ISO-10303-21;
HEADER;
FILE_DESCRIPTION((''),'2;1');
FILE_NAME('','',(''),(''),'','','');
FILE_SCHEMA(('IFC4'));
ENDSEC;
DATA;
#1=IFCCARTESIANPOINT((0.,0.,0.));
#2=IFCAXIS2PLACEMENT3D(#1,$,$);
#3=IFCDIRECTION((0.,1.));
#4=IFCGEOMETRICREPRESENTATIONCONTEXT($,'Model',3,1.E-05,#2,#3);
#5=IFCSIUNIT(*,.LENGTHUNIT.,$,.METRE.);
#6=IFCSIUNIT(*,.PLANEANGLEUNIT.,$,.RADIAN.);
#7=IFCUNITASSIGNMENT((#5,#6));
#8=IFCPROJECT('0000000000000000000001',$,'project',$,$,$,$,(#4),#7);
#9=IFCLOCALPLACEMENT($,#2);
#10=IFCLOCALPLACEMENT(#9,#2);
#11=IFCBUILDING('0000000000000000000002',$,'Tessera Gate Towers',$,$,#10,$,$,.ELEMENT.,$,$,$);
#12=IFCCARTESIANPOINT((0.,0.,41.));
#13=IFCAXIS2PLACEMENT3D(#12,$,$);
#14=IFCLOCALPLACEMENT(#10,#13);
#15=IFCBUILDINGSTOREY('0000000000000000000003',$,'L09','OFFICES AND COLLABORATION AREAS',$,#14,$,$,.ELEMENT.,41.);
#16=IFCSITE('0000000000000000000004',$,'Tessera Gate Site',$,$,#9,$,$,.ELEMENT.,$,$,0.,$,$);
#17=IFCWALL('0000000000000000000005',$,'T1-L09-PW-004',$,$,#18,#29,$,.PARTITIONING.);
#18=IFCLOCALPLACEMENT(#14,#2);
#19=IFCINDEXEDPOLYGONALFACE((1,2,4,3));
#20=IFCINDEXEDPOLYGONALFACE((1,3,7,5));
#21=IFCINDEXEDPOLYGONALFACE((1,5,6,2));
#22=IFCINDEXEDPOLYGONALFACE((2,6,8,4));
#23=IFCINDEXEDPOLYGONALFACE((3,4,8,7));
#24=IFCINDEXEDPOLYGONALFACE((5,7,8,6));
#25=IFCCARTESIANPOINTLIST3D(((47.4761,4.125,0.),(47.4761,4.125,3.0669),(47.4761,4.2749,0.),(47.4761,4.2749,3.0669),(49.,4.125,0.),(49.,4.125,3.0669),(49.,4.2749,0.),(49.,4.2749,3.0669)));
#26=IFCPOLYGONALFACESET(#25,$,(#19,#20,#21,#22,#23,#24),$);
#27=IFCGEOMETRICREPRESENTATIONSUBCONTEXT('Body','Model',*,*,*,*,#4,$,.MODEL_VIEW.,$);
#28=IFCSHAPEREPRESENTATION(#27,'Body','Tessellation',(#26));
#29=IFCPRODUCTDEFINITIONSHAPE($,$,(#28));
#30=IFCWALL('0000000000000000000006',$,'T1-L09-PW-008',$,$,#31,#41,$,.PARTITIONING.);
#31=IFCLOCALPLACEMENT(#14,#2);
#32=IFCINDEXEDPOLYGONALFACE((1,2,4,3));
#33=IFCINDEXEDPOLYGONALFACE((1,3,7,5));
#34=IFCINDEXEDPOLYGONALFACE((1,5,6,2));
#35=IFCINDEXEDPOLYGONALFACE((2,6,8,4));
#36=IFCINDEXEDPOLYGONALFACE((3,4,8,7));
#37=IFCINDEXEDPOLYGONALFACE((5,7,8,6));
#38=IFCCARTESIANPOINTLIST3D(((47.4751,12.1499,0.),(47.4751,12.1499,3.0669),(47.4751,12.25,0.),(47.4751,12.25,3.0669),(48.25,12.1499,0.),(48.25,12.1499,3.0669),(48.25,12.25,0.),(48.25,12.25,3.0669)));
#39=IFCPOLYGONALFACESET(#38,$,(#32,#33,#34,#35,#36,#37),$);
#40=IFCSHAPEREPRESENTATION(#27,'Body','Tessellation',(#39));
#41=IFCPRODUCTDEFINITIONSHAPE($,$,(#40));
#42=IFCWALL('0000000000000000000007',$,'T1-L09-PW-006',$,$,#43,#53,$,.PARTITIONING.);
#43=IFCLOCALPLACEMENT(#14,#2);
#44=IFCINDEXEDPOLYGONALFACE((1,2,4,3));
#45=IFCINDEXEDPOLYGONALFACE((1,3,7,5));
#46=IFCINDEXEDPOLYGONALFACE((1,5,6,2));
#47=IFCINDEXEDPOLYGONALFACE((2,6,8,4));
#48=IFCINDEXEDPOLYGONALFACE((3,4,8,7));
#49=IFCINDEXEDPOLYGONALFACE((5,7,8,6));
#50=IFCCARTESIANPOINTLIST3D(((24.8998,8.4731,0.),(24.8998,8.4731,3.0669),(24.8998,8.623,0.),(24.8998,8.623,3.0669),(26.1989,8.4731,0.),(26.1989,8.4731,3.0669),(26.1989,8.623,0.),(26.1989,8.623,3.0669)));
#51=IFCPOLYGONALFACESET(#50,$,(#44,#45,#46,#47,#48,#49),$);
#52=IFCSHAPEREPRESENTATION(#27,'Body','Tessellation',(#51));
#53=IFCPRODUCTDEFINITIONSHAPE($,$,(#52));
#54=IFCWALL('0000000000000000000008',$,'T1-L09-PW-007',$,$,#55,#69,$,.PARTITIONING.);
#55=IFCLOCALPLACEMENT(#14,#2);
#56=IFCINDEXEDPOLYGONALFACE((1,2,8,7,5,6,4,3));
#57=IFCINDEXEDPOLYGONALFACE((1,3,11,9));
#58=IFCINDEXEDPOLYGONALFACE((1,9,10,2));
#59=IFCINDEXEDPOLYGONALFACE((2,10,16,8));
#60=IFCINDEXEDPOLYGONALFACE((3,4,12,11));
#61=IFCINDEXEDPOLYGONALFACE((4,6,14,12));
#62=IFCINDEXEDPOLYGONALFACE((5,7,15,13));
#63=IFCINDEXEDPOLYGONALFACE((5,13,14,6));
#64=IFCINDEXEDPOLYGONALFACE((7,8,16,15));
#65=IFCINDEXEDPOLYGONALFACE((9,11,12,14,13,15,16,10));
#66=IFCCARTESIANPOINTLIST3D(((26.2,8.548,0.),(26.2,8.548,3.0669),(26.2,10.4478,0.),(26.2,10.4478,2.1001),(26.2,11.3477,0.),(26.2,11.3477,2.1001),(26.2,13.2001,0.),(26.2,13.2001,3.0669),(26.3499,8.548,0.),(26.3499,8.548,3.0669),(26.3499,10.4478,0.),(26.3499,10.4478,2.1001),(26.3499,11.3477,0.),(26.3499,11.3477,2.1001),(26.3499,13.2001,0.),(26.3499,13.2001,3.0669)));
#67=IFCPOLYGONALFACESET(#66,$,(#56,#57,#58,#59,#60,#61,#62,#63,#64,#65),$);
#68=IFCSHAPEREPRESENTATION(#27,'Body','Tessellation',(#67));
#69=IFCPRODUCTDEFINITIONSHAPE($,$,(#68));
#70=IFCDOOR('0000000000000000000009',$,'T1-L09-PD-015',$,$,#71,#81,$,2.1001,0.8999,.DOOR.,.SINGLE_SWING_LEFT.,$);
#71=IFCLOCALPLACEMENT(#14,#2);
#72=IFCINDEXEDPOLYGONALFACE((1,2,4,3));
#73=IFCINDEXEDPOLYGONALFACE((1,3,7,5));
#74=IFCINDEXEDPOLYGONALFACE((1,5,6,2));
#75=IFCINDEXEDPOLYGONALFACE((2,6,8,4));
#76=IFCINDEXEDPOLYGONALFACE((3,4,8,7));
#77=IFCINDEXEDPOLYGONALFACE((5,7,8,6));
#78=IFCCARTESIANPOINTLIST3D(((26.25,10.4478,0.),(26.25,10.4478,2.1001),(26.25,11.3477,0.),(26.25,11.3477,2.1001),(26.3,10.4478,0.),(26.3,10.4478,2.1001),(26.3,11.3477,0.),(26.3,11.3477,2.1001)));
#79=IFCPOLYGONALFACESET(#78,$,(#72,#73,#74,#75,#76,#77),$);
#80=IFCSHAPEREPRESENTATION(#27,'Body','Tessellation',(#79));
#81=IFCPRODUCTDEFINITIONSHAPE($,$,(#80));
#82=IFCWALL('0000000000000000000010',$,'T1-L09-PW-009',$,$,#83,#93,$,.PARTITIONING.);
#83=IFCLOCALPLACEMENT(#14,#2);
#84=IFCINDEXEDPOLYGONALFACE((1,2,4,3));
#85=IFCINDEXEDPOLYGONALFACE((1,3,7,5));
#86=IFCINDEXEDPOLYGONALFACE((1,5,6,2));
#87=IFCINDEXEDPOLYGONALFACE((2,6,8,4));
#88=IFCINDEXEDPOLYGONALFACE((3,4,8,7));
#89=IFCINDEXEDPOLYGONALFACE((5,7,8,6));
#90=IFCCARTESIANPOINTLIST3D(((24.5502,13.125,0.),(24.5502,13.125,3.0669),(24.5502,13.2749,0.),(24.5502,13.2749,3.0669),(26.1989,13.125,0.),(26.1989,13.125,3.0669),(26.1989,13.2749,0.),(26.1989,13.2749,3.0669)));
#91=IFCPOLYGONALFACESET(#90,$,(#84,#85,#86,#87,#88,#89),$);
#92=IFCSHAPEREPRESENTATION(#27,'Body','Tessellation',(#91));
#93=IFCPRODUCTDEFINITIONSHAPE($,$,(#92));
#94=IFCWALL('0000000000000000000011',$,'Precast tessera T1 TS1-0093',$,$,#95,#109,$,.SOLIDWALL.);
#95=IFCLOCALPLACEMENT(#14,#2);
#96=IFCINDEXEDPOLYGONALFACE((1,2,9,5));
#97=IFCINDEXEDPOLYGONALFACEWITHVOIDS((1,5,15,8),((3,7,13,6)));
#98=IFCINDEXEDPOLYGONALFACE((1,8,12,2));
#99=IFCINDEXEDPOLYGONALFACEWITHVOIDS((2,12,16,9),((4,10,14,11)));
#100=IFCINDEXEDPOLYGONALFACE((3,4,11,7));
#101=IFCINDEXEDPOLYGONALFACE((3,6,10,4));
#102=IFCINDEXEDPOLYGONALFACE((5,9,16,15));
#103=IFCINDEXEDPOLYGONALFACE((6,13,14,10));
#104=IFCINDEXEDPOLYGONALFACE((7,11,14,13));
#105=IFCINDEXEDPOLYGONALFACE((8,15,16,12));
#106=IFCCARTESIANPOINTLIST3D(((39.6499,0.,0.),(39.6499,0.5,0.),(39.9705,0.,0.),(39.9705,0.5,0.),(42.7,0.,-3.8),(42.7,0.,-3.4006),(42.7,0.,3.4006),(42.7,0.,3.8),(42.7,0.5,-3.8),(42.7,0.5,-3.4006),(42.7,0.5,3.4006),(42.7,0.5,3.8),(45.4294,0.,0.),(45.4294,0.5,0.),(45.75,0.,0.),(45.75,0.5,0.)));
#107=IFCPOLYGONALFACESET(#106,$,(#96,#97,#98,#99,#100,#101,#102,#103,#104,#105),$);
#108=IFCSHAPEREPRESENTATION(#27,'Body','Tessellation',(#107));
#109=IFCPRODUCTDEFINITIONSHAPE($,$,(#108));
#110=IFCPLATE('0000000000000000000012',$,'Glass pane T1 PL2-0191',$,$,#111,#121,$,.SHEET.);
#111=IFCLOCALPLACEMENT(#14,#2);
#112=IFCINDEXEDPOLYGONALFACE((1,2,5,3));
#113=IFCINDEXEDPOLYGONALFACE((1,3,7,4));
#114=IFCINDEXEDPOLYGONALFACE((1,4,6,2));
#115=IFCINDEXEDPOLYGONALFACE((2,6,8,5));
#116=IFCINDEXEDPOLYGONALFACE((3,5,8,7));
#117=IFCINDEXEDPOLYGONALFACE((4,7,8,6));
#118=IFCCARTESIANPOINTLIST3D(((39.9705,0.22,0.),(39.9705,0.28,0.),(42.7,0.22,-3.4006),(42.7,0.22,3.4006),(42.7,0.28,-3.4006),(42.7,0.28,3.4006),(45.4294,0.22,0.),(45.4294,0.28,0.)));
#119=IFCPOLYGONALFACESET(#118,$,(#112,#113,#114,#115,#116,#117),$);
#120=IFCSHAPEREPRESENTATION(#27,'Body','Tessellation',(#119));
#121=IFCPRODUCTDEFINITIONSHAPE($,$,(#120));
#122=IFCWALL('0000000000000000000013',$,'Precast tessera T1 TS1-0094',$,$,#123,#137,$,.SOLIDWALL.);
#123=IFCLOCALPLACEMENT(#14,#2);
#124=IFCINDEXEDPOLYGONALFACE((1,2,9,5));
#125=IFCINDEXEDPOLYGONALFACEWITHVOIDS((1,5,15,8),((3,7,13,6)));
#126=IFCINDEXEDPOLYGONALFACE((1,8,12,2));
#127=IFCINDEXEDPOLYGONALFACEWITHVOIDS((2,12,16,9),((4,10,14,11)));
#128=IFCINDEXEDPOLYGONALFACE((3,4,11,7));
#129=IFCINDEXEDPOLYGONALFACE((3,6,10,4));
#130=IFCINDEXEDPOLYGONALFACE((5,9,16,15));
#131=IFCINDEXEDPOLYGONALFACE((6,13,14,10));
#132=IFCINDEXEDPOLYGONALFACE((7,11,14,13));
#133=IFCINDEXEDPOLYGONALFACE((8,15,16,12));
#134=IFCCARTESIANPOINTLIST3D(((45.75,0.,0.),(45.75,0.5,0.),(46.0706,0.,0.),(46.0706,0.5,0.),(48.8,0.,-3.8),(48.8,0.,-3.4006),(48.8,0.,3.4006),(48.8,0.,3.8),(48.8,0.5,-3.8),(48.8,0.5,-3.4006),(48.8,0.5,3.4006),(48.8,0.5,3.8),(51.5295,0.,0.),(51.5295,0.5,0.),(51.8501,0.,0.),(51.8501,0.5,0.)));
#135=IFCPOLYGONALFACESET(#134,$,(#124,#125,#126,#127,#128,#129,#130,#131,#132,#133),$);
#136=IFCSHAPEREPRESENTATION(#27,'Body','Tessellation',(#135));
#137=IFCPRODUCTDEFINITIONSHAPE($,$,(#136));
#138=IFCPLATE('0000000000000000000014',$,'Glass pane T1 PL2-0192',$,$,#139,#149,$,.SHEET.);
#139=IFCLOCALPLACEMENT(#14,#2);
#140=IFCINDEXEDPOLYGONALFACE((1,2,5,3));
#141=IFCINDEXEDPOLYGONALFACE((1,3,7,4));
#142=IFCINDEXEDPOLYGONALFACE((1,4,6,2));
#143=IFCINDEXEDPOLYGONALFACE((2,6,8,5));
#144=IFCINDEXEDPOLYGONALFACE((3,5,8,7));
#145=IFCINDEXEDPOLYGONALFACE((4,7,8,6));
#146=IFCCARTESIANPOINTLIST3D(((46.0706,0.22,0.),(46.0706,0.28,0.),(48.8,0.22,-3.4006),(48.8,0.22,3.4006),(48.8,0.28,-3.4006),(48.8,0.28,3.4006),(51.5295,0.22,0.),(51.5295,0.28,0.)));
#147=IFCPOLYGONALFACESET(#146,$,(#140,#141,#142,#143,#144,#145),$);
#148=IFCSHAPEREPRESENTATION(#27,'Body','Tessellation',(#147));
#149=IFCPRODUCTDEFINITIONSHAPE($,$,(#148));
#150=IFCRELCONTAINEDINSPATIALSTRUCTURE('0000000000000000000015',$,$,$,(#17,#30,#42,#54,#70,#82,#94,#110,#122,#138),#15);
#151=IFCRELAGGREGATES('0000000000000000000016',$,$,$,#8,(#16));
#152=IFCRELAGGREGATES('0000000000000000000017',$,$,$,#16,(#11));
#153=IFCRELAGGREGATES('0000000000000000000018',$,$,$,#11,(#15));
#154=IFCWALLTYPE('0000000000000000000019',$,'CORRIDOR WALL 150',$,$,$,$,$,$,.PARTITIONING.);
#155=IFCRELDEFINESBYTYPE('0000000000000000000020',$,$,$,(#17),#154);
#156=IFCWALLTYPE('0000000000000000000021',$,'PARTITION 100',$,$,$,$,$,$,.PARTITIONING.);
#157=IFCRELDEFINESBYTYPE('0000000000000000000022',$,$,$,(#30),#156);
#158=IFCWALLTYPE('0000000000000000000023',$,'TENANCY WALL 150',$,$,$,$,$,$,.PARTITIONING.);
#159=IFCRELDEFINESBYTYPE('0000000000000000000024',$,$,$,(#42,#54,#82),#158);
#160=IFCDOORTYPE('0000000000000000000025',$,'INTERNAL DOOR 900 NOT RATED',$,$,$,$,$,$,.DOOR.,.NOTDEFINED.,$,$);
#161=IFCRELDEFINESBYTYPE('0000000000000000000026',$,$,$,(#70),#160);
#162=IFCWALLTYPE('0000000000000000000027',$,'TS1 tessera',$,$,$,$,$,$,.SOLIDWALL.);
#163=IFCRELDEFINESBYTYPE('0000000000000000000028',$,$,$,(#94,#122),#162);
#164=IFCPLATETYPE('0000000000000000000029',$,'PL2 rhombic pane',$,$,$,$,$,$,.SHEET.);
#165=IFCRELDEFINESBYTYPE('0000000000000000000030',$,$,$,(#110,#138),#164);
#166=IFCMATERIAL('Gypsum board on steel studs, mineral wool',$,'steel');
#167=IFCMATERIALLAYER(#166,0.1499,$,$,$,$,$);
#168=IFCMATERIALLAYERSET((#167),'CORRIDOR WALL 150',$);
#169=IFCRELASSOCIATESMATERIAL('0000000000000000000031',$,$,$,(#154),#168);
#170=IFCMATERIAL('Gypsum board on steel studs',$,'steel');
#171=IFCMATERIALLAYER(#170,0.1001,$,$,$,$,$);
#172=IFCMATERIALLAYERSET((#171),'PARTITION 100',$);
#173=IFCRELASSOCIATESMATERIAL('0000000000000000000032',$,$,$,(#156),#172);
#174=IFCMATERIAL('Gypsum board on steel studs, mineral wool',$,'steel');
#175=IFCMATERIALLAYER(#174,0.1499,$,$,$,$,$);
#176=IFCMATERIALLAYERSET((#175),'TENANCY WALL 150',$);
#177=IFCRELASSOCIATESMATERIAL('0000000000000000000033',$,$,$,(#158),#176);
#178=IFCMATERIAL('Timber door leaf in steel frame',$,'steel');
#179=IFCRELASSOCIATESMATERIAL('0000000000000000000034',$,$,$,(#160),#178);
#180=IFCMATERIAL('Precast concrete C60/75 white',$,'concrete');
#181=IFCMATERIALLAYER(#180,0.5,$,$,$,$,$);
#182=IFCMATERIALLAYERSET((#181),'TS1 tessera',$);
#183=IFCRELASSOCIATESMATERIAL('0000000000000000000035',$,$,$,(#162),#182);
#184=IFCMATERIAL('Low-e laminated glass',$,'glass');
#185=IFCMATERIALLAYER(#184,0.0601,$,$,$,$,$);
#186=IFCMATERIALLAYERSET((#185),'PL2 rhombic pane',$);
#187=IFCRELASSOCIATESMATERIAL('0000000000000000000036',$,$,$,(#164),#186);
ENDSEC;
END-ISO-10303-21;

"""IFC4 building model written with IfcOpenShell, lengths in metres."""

from ifc_helpers import new_model, si_unit, direction, frame, frame_2d, origin, place, context, subcontext, project, spatial, polyline, rectangle, outline, extrude, source, transform, mapped, material, layer, layer_set, type_object, element, fill, save


model = new_model("IFC4")

# Units and contexts
model_context = context("Model", 3, precision=1e-05, world=origin(), true_north=direction((0.0, 1.0)))
body_context = subcontext(model_context, "Body", "Model", "MODEL_VIEW")
ifc_project = project(units=[si_unit("LENGTHUNIT", "METRE"), si_unit("PLANEANGLEUNIT", "RADIAN")], contexts=[model_context])

# Site, building, storey
site_placement = place(None, origin())
site = spatial("IfcSite", under=ifc_project, at=site_placement, Name="Tessera Gate Site", CompositionType="ELEMENT", RefElevation=0.0)
building_placement = place(site_placement, origin())
building = spatial("IfcBuilding", under=site, at=building_placement, Name="Tessera Gate Towers", CompositionType="ELEMENT")
storey_placement = place(building_placement, frame((0.0, 0.0, 41.0)))
storey = spatial("IfcBuildingStorey", under=building, at=storey_placement, Name="L09", Description="OFFICES AND COLLABORATION AREAS", CompositionType="ELEMENT", Elevation=41.0)

# Shared definitions
ifc_material_1 = material(Name="Gypsum board on steel studs, mineral wool", Category="steel")
ifc_layer_1 = layer(ifc_material_1, 0.1499)
ifc_layer_set_1 = layer_set([ifc_layer_1], Name="CORRIDOR WALL 150")
wall_type_1 = type_object("IfcWallType", Name="CORRIDOR WALL 150", PredefinedType="PARTITIONING", material=ifc_layer_set_1)

# Walls
wall_1_placement = place(storey_placement, frame((47.4761, 4.2, 0.0), z_axis=(0.0, 0.0, 1.0), x_axis=(1.0, 0.0, 0.0)))
element("IfcWall", 1, at=wall_1_placement, inside=storey, type_object=wall_type_1, Name="T1-L09-PW-004", PredefinedType="PARTITIONING", context=body_context, shape_type="SweptSolid", body=[
    extrude(rectangle(XDim=1.5239, YDim=0.1499, at=frame_2d((0.762, 0.0))), origin(), (0.0, 0.0, 1.0), 3.0669),
])
ifc_material_2 = material(Name="Gypsum board on steel studs", Category="steel")
ifc_layer_2 = layer(ifc_material_2, 0.1001)
ifc_layer_set_2 = layer_set([ifc_layer_2], Name="PARTITION 100")
wall_type_2 = type_object("IfcWallType", Name="PARTITION 100", PredefinedType="PARTITIONING", material=ifc_layer_set_2)
wall_2_placement = place(storey_placement, frame((48.25, 12.2, 0.0), z_axis=(0.0, 0.0, 1.0), x_axis=(-1.0, 0.0, 0.0)))
element("IfcWall", 2, at=wall_2_placement, inside=storey, type_object=wall_type_2, Name="T1-L09-PW-008", PredefinedType="PARTITIONING", context=body_context, shape_type="SweptSolid", body=[
    extrude(rectangle(XDim=0.7749, YDim=0.1001, at=frame_2d((0.3875, 0.0))), origin(), (0.0, 0.0, 1.0), 3.0669),
])
ifc_material_3 = material(Name="Gypsum board on steel studs, mineral wool", Category="steel")
ifc_layer_3 = layer(ifc_material_3, 0.1499)
ifc_layer_set_3 = layer_set([ifc_layer_3], Name="TENANCY WALL 150")
wall_type_3 = type_object("IfcWallType", Name="TENANCY WALL 150", PredefinedType="PARTITIONING", material=ifc_layer_set_3)
wall_3_placement = place(storey_placement, frame((24.8999, 8.5481, 0.0), z_axis=(0.0, 0.0, 1.0), x_axis=(1.0, 0.0, 0.0)))
element("IfcWall", 3, at=wall_3_placement, inside=storey, type_object=wall_type_3, Name="T1-L09-PW-006", PredefinedType="PARTITIONING", context=body_context, shape_type="SweptSolid", body=[
    extrude(rectangle(XDim=1.2991, YDim=0.1499, at=frame_2d((0.6494, 0.0))), origin(), (0.0, 0.0, 1.0), 3.0669),
])

# Wall, opening, door
wall_4_placement = place(storey_placement, frame((26.2749, 8.5479, 0.0), z_axis=(0.0, 0.0, 1.0), x_axis=(0.0, 1.0, 0.0)))
wall_4 = element("IfcWall", 4, at=wall_4_placement, inside=storey, type_object=wall_type_3, Name="T1-L09-PW-007", PredefinedType="PARTITIONING", context=body_context, shape_type="SweptSolid", body=[
    extrude(rectangle(XDim=4.6521, YDim=0.1499, at=frame_2d((2.3262, 0.0))), origin(), (0.0, 0.0, 1.0), 3.0669),
])
shared_shape_1 = source(origin(), body_context, "Body", "SweptSolid", [
    extrude(rectangle(XDim=0.8999, YDim=2.1001, at=frame_2d((0.45, 1.05))), frame((0.0, 0.085, 0.0), z_axis=(0.0, -1.0, 0.0), x_axis=(1.0, 0.0, 0.0)), (0.0, 0.0, 1.0), 0.1699),
])
opening_1_placement = place(wall_4_placement, frame((1.8999, 0.0, 0.0)))
opening_1 = element("IfcOpeningElement", 5, at=opening_1_placement, cuts=wall_4, PredefinedType="OPENING", context=body_context, shape_type="MappedRepresentation", body=[
    mapped(shared_shape_1, transform((0.0, 0.0, 0.0), scale=1.0)),
])
ifc_material_4 = material(Name="Timber door leaf in steel frame", Category="steel")
door_type_1 = type_object("IfcDoorType", Name="INTERNAL DOOR 900 NOT RATED", OperationType="NOTDEFINED", PredefinedType="DOOR", material=ifc_material_4)
shared_shape_2 = source(origin(), body_context, "Body", "SweptSolid", [
    extrude(rectangle(XDim=0.8999, YDim=2.1001, at=frame_2d((0.45, 1.05))), frame((0.0, 0.0249, 0.0), z_axis=(0.0, -1.0, 0.0), x_axis=(1.0, 0.0, 0.0)), (0.0, 0.0, 1.0), 0.05),
])
door_1_placement = place(opening_1_placement, origin())
door_1 = element("IfcDoor", 6, at=door_1_placement, inside=storey, type_object=door_type_1, Name="T1-L09-PD-015", OperationType="SINGLE_SWING_LEFT", OverallHeight=2.1001, OverallWidth=0.8999, PredefinedType="DOOR", context=body_context, shape_type="MappedRepresentation", body=[
    mapped(shared_shape_2, transform((0.0, 0.0, 0.0), scale=1.0)),
])
fill(opening_1, door_1)

# Wall
wall_5_placement = place(storey_placement, frame((24.5503, 13.2, 0.0), z_axis=(0.0, 0.0, 1.0), x_axis=(1.0, 0.0, 0.0)))
element("IfcWall", 7, at=wall_5_placement, inside=storey, type_object=wall_type_3, Name="T1-L09-PW-009", PredefinedType="PARTITIONING", context=body_context, shape_type="SweptSolid", body=[
    extrude(rectangle(XDim=1.6487, YDim=0.1499, at=frame_2d((0.8242, 0.0))), origin(), (0.0, 0.0, 1.0), 3.0669),
])

# Walls, openings, plates
ifc_material_5 = material(Name="Precast concrete C60/75 white", Category="concrete")
ifc_layer_4 = layer(ifc_material_5, 0.5)
ifc_layer_set_4 = layer_set([ifc_layer_4], Name="TS1 tessera")
wall_type_4 = type_object("IfcWallType", Name="TS1 tessera", PredefinedType="SOLIDWALL", material=ifc_layer_set_4)
shared_shape_3 = source(origin(), body_context, "Body", "SweptSolid", [
    extrude(outline(polyline([(3.05, 0.0), (6.1001, 3.8), (3.05, 7.6001), (0.0, 3.8), (3.05, 0.0)])), frame((0.0, 0.25, 0.0), z_axis=(0.0, -1.0, 0.0), x_axis=(1.0, 0.0, 0.0)), (0.0, 0.0, 1.0), 0.5),
])
wall_6_placement = place(storey_placement, frame((39.6499, 0.25, -3.8), z_axis=(0.0, 0.0, 1.0), x_axis=(1.0, 0.0, 0.0)))
wall_6 = element("IfcWall", 8, at=wall_6_placement, inside=storey, type_object=wall_type_4, Name="Precast tessera T1 TS1-0093", PredefinedType="SOLIDWALL", context=body_context, shape_type="MappedRepresentation", body=[
    mapped(shared_shape_3, transform((0.0, 0.0, 0.0), scale=1.0)),
])
shared_shape_4 = source(origin(), body_context, "Body", "SweptSolid", [
    extrude(outline(polyline([(3.05, 0.3994), (5.7795, 3.8), (3.05, 7.2007), (0.3206, 3.8), (3.05, 0.3994)])), frame((0.0, 0.26, 0.0), z_axis=(0.0, -1.0, 0.0), x_axis=(1.0, 0.0, 0.0)), (0.0, 0.0, 1.0), 0.52),
])
opening_2_placement = place(wall_6_placement, origin())
opening_2 = element("IfcOpeningElement", 9, at=opening_2_placement, cuts=wall_6, PredefinedType="OPENING", context=body_context, shape_type="MappedRepresentation", body=[
    mapped(shared_shape_4, transform((0.0, 0.0, 0.0), scale=1.0)),
])
ifc_material_6 = material(Name="Low-e laminated glass", Category="glass")
ifc_layer_5 = layer(ifc_material_6, 0.0601)
ifc_layer_set_5 = layer_set([ifc_layer_5], Name="PL2 rhombic pane")
plate_type = type_object("IfcPlateType", Name="PL2 rhombic pane", PredefinedType="SHEET", material=ifc_layer_set_5)
shared_shape_5 = source(origin(), body_context, "Body", "SweptSolid", [
    extrude(outline(polyline([(3.05, 0.3994), (5.7795, 3.8), (3.05, 7.2007), (0.3206, 3.8), (3.05, 0.3994)])), frame((0.0, 0.03, 0.0), z_axis=(0.0, -1.0, 0.0), x_axis=(1.0, 0.0, 0.0)), (0.0, 0.0, 1.0), 0.0601),
])
plate_1_placement = place(opening_2_placement, origin())
plate_1 = element("IfcPlate", 10, at=plate_1_placement, inside=storey, type_object=plate_type, Name="Glass pane T1 PL2-0191", PredefinedType="SHEET", context=body_context, shape_type="MappedRepresentation", body=[
    mapped(shared_shape_5, transform((0.0, 0.0, 0.0), scale=1.0)),
])
fill(opening_2, plate_1)
wall_7_placement = place(storey_placement, frame((45.75, 0.25, -3.8), z_axis=(0.0, 0.0, 1.0), x_axis=(1.0, 0.0, 0.0)))
wall_7 = element("IfcWall", 11, at=wall_7_placement, inside=storey, type_object=wall_type_4, Name="Precast tessera T1 TS1-0094", PredefinedType="SOLIDWALL", context=body_context, shape_type="MappedRepresentation", body=[
    mapped(shared_shape_3, transform((0.0, 0.0, 0.0), scale=1.0)),
])
opening_3_placement = place(wall_7_placement, origin())
opening_3 = element("IfcOpeningElement", 12, at=opening_3_placement, cuts=wall_7, PredefinedType="OPENING", context=body_context, shape_type="MappedRepresentation", body=[
    mapped(shared_shape_4, transform((0.0, 0.0, 0.0), scale=1.0)),
])
plate_2_placement = place(opening_3_placement, origin())
plate_2 = element("IfcPlate", 13, at=plate_2_placement, inside=storey, type_object=plate_type, Name="Glass pane T1 PL2-0192", PredefinedType="SHEET", context=body_context, shape_type="MappedRepresentation", body=[
    mapped(shared_shape_5, transform((0.0, 0.0, 0.0), scale=1.0)),
])
fill(opening_3, plate_2)

save(model, "model.ifc")
